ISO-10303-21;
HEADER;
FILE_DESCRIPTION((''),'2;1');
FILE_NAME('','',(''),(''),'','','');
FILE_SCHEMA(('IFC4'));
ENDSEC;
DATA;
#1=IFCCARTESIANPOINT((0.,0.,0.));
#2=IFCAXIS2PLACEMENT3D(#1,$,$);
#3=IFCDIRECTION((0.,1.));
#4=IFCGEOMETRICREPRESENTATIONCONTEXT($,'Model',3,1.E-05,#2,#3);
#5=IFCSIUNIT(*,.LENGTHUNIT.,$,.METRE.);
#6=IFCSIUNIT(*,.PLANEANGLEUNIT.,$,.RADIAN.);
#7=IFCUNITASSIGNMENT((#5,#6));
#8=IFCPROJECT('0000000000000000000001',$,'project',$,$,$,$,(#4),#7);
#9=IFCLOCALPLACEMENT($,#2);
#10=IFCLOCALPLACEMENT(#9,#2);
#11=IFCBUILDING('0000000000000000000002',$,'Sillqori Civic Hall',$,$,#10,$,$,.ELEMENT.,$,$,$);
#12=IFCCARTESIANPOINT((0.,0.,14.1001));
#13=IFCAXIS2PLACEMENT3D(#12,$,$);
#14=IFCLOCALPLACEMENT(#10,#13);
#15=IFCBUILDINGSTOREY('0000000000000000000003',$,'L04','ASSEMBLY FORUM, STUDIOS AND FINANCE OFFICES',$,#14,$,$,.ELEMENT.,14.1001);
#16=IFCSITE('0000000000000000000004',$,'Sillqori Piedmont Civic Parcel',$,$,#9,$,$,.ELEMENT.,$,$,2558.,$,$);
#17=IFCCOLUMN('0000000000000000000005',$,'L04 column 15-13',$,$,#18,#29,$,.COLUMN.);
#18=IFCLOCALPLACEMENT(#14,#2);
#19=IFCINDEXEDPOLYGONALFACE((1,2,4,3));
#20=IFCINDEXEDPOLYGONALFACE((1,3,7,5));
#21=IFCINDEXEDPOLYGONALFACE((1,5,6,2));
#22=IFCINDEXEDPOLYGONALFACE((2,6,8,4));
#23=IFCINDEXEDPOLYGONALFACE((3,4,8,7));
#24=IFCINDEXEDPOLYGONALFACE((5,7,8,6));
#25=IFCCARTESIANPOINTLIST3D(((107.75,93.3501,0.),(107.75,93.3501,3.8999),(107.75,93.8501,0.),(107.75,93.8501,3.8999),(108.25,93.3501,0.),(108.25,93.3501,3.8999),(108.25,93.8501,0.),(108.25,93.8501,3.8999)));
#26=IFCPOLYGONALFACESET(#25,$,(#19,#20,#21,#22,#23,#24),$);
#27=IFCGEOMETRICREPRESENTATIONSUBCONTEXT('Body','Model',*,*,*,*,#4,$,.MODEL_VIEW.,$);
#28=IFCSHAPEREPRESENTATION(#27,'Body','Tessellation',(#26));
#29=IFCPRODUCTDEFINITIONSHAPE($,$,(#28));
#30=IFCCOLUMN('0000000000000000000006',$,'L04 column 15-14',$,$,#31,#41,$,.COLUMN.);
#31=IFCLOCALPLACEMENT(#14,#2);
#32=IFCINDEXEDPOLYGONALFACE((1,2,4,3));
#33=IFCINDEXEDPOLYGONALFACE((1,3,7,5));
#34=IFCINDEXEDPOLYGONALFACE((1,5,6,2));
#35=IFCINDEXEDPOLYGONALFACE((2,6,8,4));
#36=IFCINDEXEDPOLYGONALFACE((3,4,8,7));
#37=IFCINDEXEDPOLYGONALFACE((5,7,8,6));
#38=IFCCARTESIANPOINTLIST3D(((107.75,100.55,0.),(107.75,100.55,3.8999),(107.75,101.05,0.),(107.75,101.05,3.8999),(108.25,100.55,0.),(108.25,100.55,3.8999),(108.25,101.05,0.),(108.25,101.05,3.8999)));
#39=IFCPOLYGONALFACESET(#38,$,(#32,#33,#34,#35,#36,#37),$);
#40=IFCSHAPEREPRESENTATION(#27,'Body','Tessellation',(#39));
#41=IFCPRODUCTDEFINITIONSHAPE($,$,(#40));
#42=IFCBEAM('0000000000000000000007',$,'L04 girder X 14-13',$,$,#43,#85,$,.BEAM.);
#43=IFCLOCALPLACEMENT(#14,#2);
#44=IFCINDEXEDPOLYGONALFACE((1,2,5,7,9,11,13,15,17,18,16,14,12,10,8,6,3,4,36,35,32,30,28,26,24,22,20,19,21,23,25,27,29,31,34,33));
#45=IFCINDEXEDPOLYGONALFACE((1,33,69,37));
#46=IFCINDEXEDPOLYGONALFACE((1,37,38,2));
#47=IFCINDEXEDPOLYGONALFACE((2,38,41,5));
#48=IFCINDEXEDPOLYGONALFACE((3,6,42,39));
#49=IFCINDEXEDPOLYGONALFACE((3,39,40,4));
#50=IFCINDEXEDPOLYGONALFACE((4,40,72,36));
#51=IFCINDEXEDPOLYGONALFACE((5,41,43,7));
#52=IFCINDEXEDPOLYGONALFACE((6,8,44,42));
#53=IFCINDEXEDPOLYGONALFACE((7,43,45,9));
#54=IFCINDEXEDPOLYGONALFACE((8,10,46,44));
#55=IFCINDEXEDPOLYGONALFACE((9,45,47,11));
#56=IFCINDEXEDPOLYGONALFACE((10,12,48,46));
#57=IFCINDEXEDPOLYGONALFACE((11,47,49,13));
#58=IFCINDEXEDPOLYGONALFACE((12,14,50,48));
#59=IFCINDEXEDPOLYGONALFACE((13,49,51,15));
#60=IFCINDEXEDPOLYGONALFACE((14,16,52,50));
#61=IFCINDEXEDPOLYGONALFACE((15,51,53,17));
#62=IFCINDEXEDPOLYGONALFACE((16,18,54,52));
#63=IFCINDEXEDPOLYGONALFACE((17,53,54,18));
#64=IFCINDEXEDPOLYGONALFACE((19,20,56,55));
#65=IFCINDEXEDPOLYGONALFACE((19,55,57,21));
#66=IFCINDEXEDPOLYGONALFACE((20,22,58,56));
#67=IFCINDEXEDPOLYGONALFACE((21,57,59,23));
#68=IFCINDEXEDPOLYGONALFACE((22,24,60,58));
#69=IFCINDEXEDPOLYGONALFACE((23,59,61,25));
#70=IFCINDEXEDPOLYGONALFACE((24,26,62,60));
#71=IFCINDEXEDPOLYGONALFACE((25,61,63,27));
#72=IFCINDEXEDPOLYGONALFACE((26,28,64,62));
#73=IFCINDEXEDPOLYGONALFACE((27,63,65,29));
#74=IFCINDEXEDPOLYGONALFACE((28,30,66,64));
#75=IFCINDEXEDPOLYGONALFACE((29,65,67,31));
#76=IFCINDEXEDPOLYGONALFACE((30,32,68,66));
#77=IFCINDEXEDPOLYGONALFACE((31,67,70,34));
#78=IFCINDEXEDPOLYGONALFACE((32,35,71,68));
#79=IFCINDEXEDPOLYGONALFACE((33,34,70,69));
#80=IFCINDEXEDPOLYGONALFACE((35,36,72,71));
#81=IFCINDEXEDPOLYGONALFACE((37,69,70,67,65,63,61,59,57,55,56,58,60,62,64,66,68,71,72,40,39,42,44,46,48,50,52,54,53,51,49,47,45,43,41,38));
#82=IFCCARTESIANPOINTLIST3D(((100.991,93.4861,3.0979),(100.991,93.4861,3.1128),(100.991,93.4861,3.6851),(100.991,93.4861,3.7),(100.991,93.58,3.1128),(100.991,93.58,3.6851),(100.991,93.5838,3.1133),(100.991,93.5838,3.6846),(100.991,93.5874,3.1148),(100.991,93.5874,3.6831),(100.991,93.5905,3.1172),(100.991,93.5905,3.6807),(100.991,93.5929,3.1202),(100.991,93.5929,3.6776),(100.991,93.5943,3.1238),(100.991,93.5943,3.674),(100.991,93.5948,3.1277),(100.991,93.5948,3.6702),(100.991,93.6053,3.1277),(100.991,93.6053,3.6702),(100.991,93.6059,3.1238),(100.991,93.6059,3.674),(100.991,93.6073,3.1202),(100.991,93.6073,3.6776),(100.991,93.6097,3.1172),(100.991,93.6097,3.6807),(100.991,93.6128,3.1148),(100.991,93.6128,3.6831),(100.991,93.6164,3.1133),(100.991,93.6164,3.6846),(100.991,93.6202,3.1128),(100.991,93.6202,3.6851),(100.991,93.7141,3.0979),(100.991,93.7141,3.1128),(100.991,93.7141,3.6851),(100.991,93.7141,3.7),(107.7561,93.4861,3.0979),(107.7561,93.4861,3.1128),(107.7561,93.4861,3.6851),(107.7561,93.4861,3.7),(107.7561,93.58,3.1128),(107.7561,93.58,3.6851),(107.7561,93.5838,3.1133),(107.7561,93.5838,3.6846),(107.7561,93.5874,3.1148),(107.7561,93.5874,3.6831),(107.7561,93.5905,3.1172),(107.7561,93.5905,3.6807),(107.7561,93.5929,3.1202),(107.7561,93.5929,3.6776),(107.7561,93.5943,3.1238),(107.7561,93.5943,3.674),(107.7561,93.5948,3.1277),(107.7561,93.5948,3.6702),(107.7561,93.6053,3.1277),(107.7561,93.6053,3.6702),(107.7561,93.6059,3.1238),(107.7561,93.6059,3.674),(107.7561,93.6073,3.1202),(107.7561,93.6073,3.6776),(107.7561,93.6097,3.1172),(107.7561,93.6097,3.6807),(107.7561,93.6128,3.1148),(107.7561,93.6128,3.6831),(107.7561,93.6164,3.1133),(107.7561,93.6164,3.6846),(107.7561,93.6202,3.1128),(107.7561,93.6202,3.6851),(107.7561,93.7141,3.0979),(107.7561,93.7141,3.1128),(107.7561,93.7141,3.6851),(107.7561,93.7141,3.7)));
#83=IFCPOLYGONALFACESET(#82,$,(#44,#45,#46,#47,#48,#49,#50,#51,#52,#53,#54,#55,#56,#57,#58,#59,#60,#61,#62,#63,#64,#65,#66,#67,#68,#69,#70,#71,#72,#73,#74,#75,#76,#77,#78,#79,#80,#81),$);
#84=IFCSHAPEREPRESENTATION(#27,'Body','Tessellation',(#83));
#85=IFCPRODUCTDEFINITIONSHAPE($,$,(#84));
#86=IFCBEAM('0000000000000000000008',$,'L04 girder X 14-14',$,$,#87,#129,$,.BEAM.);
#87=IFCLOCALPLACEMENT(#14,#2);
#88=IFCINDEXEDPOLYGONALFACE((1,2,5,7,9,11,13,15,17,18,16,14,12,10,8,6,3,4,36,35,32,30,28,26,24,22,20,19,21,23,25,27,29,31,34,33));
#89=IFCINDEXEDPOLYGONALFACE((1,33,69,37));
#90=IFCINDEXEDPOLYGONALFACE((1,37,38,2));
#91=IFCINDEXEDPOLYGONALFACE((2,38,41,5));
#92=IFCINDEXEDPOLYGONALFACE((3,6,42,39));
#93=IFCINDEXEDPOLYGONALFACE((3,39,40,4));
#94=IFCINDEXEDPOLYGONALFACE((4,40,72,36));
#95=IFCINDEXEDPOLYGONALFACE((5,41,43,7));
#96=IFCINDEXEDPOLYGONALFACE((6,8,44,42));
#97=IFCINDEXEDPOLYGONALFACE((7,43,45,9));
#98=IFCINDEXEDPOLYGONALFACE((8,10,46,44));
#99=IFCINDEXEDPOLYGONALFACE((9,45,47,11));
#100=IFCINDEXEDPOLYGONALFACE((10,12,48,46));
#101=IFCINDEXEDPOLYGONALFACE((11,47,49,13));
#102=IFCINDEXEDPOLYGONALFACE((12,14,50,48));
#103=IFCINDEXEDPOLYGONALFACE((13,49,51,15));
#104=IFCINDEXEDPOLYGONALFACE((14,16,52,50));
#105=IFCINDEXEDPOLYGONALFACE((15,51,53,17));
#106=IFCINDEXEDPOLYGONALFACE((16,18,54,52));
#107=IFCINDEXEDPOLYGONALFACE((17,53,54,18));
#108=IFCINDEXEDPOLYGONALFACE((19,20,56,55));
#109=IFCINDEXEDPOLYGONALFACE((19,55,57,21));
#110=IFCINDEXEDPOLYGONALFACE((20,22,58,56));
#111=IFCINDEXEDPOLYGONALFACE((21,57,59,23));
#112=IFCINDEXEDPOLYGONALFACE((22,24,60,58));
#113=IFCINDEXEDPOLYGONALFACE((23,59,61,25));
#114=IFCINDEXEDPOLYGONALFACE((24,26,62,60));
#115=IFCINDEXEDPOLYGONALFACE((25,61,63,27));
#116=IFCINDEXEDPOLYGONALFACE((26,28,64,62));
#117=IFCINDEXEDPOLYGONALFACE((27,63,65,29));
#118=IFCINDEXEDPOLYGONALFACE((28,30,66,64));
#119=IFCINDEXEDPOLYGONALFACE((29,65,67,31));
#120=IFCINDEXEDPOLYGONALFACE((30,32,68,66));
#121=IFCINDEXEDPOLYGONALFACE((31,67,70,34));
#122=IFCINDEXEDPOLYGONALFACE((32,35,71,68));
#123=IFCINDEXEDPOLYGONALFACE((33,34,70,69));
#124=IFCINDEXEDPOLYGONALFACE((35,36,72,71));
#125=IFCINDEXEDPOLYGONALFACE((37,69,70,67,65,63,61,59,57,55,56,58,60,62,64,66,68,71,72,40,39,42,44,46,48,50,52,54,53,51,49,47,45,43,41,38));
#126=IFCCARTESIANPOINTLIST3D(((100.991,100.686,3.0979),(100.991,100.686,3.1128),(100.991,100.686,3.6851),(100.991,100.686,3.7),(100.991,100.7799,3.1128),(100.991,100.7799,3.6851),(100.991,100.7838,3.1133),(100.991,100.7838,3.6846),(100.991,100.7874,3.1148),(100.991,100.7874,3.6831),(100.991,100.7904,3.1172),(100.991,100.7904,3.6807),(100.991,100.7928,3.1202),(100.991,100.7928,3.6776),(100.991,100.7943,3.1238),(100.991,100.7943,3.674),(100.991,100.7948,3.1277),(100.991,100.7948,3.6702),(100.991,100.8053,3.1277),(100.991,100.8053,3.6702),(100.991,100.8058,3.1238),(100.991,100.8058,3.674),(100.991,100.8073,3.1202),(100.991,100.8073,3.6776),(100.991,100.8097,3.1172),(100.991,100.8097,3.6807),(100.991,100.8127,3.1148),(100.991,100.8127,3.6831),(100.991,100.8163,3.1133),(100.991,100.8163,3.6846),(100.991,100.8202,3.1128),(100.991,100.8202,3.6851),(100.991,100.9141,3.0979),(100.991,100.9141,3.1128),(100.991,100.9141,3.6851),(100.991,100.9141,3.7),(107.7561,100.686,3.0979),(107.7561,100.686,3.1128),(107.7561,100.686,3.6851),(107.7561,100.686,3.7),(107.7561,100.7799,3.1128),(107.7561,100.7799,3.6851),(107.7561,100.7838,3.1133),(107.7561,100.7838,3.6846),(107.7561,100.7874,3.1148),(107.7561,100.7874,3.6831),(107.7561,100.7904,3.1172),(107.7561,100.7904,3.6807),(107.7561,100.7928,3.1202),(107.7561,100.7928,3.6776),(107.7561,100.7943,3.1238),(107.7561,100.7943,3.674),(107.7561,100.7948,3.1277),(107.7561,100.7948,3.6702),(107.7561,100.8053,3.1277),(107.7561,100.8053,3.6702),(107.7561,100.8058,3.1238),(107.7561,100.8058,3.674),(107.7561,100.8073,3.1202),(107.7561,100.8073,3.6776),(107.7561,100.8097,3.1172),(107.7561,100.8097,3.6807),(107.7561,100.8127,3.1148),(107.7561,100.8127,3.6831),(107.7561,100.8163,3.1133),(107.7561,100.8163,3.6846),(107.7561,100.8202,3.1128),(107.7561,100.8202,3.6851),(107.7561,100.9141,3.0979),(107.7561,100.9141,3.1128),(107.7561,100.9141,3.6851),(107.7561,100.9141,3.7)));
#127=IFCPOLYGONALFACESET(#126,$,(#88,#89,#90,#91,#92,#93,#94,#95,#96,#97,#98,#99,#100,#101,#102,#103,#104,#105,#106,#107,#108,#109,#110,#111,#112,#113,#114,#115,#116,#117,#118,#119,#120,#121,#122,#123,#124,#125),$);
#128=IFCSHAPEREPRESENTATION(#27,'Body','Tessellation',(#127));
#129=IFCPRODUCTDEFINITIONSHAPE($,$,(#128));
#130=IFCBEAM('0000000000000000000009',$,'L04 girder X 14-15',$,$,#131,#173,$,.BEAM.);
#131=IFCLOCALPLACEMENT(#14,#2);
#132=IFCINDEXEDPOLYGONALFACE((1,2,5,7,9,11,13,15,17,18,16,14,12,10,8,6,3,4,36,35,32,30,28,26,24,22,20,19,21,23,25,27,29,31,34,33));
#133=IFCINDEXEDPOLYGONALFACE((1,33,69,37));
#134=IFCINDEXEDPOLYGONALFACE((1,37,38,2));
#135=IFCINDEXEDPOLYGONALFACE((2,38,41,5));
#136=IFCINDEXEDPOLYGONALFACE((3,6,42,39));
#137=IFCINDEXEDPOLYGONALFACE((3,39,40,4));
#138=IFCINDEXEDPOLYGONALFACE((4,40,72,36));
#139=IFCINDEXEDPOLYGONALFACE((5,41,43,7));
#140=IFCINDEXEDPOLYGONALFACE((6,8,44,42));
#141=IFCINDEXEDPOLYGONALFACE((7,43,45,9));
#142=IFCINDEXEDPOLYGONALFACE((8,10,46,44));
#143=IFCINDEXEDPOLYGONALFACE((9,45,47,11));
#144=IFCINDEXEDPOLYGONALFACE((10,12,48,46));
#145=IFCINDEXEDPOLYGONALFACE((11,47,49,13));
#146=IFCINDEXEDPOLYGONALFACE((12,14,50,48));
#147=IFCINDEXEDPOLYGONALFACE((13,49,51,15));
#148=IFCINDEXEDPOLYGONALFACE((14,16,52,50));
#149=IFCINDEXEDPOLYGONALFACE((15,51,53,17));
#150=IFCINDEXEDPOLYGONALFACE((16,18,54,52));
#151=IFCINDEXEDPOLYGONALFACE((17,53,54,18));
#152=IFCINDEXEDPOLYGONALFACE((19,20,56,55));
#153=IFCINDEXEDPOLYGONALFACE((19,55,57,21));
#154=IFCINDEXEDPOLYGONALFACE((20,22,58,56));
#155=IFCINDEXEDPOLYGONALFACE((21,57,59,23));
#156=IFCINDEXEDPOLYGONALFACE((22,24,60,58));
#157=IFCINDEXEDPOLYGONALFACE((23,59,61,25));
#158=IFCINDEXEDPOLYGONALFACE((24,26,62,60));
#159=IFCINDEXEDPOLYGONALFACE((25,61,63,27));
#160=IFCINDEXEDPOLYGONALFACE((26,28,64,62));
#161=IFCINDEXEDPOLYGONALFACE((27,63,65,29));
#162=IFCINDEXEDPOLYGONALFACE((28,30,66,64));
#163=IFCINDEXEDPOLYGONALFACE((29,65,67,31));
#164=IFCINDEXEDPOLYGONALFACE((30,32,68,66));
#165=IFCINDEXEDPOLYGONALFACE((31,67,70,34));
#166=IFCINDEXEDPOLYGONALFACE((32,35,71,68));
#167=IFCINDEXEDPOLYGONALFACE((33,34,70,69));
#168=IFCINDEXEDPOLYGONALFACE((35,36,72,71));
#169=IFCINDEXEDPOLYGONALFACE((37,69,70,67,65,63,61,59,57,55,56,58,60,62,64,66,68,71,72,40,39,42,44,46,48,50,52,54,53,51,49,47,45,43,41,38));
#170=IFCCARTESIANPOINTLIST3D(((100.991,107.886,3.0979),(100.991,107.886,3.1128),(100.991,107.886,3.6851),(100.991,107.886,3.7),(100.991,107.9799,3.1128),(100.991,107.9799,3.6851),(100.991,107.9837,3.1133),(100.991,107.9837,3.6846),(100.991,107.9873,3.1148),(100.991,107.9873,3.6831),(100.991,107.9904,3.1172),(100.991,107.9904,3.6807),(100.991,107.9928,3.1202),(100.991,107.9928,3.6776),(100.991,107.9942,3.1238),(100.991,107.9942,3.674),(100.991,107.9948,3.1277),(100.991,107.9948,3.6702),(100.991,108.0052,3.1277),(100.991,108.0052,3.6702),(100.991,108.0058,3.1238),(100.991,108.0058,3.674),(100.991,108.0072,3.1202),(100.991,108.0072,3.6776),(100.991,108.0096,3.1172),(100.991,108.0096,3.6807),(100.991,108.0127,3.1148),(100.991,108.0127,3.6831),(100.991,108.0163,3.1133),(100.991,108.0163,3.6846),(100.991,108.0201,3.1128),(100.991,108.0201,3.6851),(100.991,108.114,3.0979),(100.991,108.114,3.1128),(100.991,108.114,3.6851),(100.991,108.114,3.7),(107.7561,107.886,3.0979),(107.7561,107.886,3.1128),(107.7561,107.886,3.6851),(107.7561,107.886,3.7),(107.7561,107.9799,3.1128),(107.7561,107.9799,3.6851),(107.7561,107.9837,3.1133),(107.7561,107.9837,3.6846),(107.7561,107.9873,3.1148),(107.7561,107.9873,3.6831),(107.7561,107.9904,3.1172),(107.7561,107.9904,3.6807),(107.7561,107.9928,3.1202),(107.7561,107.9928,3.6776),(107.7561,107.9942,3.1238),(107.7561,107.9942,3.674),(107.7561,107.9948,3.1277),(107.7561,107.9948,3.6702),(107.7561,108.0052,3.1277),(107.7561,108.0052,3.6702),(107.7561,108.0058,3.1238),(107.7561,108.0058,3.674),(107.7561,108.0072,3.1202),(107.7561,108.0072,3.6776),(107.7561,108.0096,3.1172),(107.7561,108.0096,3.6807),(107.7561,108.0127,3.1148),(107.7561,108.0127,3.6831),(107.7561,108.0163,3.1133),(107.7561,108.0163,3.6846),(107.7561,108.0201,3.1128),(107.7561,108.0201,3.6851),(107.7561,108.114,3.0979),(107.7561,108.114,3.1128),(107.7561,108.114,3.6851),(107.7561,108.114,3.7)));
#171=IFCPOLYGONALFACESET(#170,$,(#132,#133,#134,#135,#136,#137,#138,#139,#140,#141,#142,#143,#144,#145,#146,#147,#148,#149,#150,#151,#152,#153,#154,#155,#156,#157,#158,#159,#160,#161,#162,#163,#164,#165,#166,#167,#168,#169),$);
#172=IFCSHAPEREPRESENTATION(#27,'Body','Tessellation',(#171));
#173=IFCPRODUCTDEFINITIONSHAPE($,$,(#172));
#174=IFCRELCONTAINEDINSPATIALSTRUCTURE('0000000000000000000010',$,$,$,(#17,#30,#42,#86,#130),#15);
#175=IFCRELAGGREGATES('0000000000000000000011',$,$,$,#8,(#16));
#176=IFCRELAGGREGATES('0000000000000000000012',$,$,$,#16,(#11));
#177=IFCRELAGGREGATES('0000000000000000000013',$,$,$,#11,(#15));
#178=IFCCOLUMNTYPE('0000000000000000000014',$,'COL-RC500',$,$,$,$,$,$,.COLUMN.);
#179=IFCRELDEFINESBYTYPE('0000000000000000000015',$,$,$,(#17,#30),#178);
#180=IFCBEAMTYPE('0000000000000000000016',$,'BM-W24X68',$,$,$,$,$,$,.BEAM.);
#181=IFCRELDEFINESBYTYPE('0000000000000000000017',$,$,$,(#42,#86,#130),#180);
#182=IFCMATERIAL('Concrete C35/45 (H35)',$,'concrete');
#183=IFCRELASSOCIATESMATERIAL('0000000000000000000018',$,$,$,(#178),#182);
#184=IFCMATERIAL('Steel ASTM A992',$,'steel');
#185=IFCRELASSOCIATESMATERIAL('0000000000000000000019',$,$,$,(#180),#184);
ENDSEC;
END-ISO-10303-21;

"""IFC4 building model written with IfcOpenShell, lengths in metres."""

from ifc_helpers import new_model, si_unit, direction, frame, origin, origin_2d, place, context, subcontext, project, spatial, rectangle, i_section, extrude, material, material_profile, profile_set, type_object, element, save


model = new_model("IFC4")

# Units and contexts
model_context = context("Model", 3, precision=1e-05, world=origin(), true_north=direction((0.0, 1.0)))
body_context = subcontext(model_context, "Body", "Model", "MODEL_VIEW")
ifc_project = project(units=[si_unit("LENGTHUNIT", "METRE"), si_unit("PLANEANGLEUNIT", "RADIAN")], contexts=[model_context])

# Site, building, storey
site_placement = place(None, origin())
site = spatial("IfcSite", under=ifc_project, at=site_placement, Name="Sillqori Piedmont Civic Parcel", CompositionType="ELEMENT", RefElevation=2558.0)
building_placement = place(site_placement, origin())
building = spatial("IfcBuilding", under=site, at=building_placement, Name="Sillqori Civic Hall", CompositionType="ELEMENT")
storey_placement = place(building_placement, frame((0.0, 0.0, 14.1001)))
storey = spatial("IfcBuildingStorey", under=building, at=storey_placement, Name="L04", Description="ASSEMBLY FORUM, STUDIOS AND FINANCE OFFICES", CompositionType="ELEMENT", Elevation=14.1001)

# Columns
ifc_material_1 = material(Name="Concrete C35/45 (H35)", Category="concrete")
ifc_material_profile_1 = material_profile(ifc_material_1, rectangle(XDim=0.5, YDim=0.5, at=origin_2d()), Name="RC 500x500")
ifc_profile_set_1 = profile_set([ifc_material_profile_1], Name="Concrete C35/45 (H35)")
column_type = type_object("IfcColumnType", Name="COL-RC500", PredefinedType="COLUMN", material=ifc_profile_set_1)
for number, where, z_axis, x_axis, name in (
    (1, (108.0, 93.6001, 0.0), (0.0, 0.0, 1.0), (1.0, 0.0, 0.0), "L04 column 15-13"),
    (2, (108.0, 100.8, 0.0), (0.0, 0.0, 1.0), (1.0, 0.0, 0.0), "L04 column 15-14"),
):
    element("IfcColumn", number, at=place(storey_placement, frame(where, z_axis=z_axis, x_axis=x_axis)), inside=storey, type_object=column_type, Name=name, PredefinedType="COLUMN", context=body_context, shape_type="SweptSolid", body=[
        extrude(rectangle(XDim=0.5, YDim=0.5, at=origin_2d()), origin(), (0.0, 0.0, 1.0), 3.8999),
    ])

# Beams
ifc_material_2 = material(Name="Steel ASTM A992", Category="steel")
ifc_material_profile_2 = material_profile(ifc_material_2, i_section(OverallWidth=0.228, OverallDepth=0.6021, WebThickness=0.0105, FlangeThickness=0.0149, FilletRadius=0.0149, at=origin_2d()), Name="W24X68")
ifc_profile_set_2 = profile_set([ifc_material_profile_2], Name="Steel ASTM A992")
beam_type_1 = type_object("IfcBeamType", Name="BM-W24X68", PredefinedType="BEAM", material=ifc_profile_set_2)
for number, where, z_axis, x_axis, name in (
    (3, (100.991, 93.6001, 3.3989), (1.0, 0.0, 0.0), (0.0, 1.0, 0.0), "L04 girder X 14-13"),
    (4, (100.991, 100.8, 3.3989), (1.0, 0.0, 0.0), (0.0, 1.0, 0.0), "L04 girder X 14-14"),
    (5, (100.991, 108.0, 3.3989), (1.0, 0.0, 0.0), (0.0, 1.0, 0.0), "L04 girder X 14-15"),
):
    element("IfcBeam", number, at=place(storey_placement, frame(where, z_axis=z_axis, x_axis=x_axis)), inside=storey, type_object=beam_type_1, Name=name, PredefinedType="BEAM", context=body_context, shape_type="SweptSolid", body=[
        extrude(i_section(OverallWidth=0.228, OverallDepth=0.6021, WebThickness=0.0105, FlangeThickness=0.0149, FilletRadius=0.0149, at=origin_2d()), origin(), (0.0, 0.0, 1.0), 6.7651),
    ])

save(model, "model.ifc")
